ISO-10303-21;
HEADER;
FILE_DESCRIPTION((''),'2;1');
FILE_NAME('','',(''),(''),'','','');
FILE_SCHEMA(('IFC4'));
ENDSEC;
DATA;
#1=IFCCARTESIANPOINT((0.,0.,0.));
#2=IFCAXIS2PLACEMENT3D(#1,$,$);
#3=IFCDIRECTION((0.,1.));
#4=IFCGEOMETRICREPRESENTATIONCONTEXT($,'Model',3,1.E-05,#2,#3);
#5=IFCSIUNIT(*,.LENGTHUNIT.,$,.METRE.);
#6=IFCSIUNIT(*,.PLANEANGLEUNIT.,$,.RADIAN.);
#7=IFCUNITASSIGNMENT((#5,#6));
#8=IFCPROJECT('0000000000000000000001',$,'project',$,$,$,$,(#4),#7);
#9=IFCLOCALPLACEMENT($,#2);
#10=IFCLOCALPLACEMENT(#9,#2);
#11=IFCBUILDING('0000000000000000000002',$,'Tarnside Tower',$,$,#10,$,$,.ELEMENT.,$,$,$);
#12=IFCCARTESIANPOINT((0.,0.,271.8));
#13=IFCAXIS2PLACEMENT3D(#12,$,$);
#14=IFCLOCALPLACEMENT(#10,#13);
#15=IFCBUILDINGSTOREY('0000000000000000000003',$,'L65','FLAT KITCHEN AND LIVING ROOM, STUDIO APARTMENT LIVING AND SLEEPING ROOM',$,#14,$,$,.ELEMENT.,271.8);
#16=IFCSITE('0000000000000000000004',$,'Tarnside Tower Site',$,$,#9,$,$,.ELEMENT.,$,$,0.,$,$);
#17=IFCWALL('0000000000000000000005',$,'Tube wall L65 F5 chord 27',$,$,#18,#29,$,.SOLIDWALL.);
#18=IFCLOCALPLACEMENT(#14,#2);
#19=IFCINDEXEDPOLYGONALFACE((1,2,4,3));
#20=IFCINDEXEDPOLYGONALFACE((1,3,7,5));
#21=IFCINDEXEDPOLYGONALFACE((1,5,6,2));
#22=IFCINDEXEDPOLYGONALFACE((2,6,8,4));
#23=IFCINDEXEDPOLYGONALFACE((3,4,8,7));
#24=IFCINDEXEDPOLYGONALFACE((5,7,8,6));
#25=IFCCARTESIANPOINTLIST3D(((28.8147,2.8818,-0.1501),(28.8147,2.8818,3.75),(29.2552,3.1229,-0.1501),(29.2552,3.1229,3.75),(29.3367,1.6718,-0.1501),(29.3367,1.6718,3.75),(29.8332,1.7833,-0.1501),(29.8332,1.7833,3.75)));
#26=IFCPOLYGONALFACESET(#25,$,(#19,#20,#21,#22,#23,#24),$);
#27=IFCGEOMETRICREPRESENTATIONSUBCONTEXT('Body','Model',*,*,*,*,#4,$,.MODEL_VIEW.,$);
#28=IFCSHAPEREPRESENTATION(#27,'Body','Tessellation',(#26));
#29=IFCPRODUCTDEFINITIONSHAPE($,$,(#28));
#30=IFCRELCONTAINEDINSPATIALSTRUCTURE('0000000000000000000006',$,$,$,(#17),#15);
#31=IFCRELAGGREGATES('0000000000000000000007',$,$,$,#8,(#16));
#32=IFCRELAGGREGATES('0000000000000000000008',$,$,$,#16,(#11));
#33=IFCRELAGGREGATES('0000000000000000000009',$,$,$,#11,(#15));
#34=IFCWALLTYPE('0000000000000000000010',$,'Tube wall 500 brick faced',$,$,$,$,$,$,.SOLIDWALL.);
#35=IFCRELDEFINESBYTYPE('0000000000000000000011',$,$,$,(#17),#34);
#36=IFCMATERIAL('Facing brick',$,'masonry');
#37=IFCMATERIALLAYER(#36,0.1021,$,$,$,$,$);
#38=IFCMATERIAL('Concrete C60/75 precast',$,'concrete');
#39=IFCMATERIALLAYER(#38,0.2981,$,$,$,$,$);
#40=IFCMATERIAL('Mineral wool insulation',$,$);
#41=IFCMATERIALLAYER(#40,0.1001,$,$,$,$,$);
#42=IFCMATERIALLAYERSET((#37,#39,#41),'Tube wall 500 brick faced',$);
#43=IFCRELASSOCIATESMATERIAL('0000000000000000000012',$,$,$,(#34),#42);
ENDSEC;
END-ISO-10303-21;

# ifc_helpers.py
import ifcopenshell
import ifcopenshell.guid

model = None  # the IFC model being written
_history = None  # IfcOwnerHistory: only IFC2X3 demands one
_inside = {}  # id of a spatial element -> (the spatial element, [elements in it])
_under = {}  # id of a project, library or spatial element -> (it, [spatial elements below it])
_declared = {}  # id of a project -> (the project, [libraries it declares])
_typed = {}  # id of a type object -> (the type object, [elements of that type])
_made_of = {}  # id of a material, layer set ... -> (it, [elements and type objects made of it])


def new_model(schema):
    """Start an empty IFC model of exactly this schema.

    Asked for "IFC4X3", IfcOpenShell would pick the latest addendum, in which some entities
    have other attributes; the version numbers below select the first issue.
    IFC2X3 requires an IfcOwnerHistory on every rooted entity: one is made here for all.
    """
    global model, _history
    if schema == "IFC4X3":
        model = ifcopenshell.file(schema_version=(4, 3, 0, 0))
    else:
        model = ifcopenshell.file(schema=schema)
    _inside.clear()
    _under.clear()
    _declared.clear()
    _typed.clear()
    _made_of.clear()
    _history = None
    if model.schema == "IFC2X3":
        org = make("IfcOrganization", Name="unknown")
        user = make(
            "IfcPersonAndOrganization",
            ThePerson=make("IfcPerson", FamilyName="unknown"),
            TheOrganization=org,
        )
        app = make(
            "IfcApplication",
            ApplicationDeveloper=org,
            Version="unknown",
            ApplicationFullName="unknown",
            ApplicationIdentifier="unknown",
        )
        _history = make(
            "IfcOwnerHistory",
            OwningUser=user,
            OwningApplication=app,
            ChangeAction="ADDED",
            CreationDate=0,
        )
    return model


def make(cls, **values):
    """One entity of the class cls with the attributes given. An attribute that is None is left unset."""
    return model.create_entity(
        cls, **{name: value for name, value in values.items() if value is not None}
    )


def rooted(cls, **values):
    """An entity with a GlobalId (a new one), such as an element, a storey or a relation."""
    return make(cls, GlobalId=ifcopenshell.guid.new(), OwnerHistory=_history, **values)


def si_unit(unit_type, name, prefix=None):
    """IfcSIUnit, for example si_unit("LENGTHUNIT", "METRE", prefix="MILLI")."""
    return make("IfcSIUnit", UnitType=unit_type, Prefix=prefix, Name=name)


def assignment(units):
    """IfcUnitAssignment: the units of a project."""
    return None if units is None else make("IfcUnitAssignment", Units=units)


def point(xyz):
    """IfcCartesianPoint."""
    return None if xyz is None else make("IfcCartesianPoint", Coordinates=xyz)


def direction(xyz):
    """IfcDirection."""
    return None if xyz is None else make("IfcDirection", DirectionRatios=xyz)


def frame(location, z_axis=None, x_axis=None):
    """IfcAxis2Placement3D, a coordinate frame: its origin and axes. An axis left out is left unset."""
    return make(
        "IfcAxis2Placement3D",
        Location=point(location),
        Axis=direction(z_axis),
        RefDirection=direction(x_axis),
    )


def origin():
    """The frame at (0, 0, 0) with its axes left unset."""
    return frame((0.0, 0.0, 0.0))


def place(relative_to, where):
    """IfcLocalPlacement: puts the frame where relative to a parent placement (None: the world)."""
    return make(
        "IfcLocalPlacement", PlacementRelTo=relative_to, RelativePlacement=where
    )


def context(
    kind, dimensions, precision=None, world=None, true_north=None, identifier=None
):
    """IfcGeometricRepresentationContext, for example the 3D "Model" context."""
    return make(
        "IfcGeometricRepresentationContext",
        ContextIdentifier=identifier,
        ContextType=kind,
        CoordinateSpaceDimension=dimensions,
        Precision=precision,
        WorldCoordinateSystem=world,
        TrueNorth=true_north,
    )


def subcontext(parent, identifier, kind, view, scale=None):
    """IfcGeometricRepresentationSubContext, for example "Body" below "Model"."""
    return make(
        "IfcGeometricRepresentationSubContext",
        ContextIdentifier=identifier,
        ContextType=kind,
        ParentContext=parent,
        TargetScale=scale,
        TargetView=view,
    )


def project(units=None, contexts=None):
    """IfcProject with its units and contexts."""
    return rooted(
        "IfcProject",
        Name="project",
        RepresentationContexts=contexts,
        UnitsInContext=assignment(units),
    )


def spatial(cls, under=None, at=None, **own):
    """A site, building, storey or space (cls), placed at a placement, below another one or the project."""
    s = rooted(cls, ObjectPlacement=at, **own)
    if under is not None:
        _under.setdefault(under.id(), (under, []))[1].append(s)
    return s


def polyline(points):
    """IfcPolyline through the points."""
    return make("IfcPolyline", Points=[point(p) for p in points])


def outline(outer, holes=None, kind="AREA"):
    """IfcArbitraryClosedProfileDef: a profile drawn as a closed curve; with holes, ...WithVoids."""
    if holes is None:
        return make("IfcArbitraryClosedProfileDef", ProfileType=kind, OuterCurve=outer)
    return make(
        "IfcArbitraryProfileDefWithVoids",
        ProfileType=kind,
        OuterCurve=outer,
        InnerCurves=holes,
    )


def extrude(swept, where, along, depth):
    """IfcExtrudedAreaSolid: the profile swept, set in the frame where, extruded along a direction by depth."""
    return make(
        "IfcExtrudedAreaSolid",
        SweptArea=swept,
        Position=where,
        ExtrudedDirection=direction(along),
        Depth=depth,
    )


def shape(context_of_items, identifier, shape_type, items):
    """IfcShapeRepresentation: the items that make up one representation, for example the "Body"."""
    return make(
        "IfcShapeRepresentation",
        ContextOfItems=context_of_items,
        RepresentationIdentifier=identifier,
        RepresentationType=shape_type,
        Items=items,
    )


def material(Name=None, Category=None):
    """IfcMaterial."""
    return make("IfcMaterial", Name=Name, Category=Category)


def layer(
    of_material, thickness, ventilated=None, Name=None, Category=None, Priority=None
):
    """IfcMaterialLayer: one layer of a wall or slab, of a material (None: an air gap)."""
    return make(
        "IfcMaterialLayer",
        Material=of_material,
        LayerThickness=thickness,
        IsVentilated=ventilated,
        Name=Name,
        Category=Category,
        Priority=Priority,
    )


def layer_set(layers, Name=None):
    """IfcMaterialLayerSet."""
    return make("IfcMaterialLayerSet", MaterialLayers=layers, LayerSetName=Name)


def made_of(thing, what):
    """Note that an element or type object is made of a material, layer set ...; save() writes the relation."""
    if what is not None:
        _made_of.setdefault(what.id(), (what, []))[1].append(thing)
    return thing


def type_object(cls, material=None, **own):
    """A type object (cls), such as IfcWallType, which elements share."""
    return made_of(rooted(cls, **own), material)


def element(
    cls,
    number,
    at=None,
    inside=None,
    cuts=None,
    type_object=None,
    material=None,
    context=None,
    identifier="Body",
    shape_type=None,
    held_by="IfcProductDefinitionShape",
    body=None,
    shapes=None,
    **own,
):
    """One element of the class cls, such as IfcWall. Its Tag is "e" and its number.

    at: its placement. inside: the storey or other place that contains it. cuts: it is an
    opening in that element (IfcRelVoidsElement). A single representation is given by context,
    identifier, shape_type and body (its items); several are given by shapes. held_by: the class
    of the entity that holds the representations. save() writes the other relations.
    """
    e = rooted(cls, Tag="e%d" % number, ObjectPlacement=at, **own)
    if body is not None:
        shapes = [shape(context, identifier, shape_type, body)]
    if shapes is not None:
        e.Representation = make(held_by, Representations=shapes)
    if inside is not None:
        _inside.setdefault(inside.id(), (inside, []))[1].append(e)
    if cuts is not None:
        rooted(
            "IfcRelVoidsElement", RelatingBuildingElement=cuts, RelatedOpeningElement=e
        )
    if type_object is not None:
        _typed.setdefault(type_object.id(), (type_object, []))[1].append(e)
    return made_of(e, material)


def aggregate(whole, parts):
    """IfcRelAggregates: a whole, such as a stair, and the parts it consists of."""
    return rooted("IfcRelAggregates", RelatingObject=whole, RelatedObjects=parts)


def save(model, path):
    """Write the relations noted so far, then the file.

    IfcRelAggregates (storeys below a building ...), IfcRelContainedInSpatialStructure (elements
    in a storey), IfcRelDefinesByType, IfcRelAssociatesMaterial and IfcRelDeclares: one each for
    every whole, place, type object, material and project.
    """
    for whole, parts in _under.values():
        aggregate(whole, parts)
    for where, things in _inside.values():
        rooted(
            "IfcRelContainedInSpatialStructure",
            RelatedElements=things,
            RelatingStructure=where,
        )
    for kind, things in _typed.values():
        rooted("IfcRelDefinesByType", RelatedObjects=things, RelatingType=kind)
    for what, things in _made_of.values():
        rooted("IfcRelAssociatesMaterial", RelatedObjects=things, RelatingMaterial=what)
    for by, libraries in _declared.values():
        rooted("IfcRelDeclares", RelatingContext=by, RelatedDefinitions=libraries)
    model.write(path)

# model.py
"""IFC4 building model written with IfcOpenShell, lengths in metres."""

from ifc_helpers import new_model, si_unit, direction, frame, origin, place, context, subcontext, project, spatial, polyline, outline, extrude, material, layer, layer_set, type_object, element, save


model = new_model("IFC4")

# Units and contexts
model_context = context("Model", 3, precision=1e-05, world=origin(), true_north=direction((0.0, 1.0)))
body_context = subcontext(model_context, "Body", "Model", "MODEL_VIEW")
ifc_project = project(units=[si_unit("LENGTHUNIT", "METRE"), si_unit("PLANEANGLEUNIT", "RADIAN")], contexts=[model_context])

# Site, building, storey
site_placement = place(None, origin())
site = spatial("IfcSite", under=ifc_project, at=site_placement, Name="Tarnside Tower Site", CompositionType="ELEMENT", RefElevation=0.0)
building_placement = place(site_placement, origin())
building = spatial("IfcBuilding", under=site, at=building_placement, Name="Tarnside Tower", CompositionType="ELEMENT")
storey_placement = place(building_placement, frame((0.0, 0.0, 271.8)))
storey = spatial("IfcBuildingStorey", under=building, at=storey_placement, Name="L65", Description="FLAT KITCHEN AND LIVING ROOM, STUDIO APARTMENT LIVING AND SLEEPING ROOM", CompositionType="ELEMENT", Elevation=271.8)

# Shared definitions
ifc_material_1 = material(Name="Concrete C60/75 precast", Category="concrete")
ifc_material_2 = material(Name="Mineral wool insulation")

# Wall
ifc_material_3 = material(Name="Facing brick", Category="masonry")
ifc_layer_1 = layer(ifc_material_3, 0.1021)
ifc_layer_2 = layer(ifc_material_1, 0.2981)
ifc_layer_3 = layer(ifc_material_2, 0.1001)
ifc_layer_set_1 = layer_set([ifc_layer_1, ifc_layer_2, ifc_layer_3], Name="Tube wall 500 brick faced")
wall_type_1 = type_object("IfcWallType", Name="Tube wall 500 brick faced", PredefinedType="SOLIDWALL", material=ifc_layer_set_1)
wall_1_placement = place(storey_placement, frame((29.585, 1.7275, -0.1501), z_axis=(0.0, 0.0, 1.0), x_axis=(-0.396146, 0.918187, 0.0)))
element("IfcWall", 1, at=wall_1_placement, inside=storey, type_object=wall_type_1, Name="Tube wall L65 F5 chord 27", PredefinedType="SOLIDWALL", context=body_context, shape_type="SweptSolid", body=[
    extrude(outline(polyline([(-0.0471, -0.25), (1.4119, -0.25), (1.365, 0.25), (0.0471, 0.25), (-0.0471, -0.25)])), origin(), (0.0, 0.0, 1.0), 3.9001),
])

save(model, "model.ifc")
